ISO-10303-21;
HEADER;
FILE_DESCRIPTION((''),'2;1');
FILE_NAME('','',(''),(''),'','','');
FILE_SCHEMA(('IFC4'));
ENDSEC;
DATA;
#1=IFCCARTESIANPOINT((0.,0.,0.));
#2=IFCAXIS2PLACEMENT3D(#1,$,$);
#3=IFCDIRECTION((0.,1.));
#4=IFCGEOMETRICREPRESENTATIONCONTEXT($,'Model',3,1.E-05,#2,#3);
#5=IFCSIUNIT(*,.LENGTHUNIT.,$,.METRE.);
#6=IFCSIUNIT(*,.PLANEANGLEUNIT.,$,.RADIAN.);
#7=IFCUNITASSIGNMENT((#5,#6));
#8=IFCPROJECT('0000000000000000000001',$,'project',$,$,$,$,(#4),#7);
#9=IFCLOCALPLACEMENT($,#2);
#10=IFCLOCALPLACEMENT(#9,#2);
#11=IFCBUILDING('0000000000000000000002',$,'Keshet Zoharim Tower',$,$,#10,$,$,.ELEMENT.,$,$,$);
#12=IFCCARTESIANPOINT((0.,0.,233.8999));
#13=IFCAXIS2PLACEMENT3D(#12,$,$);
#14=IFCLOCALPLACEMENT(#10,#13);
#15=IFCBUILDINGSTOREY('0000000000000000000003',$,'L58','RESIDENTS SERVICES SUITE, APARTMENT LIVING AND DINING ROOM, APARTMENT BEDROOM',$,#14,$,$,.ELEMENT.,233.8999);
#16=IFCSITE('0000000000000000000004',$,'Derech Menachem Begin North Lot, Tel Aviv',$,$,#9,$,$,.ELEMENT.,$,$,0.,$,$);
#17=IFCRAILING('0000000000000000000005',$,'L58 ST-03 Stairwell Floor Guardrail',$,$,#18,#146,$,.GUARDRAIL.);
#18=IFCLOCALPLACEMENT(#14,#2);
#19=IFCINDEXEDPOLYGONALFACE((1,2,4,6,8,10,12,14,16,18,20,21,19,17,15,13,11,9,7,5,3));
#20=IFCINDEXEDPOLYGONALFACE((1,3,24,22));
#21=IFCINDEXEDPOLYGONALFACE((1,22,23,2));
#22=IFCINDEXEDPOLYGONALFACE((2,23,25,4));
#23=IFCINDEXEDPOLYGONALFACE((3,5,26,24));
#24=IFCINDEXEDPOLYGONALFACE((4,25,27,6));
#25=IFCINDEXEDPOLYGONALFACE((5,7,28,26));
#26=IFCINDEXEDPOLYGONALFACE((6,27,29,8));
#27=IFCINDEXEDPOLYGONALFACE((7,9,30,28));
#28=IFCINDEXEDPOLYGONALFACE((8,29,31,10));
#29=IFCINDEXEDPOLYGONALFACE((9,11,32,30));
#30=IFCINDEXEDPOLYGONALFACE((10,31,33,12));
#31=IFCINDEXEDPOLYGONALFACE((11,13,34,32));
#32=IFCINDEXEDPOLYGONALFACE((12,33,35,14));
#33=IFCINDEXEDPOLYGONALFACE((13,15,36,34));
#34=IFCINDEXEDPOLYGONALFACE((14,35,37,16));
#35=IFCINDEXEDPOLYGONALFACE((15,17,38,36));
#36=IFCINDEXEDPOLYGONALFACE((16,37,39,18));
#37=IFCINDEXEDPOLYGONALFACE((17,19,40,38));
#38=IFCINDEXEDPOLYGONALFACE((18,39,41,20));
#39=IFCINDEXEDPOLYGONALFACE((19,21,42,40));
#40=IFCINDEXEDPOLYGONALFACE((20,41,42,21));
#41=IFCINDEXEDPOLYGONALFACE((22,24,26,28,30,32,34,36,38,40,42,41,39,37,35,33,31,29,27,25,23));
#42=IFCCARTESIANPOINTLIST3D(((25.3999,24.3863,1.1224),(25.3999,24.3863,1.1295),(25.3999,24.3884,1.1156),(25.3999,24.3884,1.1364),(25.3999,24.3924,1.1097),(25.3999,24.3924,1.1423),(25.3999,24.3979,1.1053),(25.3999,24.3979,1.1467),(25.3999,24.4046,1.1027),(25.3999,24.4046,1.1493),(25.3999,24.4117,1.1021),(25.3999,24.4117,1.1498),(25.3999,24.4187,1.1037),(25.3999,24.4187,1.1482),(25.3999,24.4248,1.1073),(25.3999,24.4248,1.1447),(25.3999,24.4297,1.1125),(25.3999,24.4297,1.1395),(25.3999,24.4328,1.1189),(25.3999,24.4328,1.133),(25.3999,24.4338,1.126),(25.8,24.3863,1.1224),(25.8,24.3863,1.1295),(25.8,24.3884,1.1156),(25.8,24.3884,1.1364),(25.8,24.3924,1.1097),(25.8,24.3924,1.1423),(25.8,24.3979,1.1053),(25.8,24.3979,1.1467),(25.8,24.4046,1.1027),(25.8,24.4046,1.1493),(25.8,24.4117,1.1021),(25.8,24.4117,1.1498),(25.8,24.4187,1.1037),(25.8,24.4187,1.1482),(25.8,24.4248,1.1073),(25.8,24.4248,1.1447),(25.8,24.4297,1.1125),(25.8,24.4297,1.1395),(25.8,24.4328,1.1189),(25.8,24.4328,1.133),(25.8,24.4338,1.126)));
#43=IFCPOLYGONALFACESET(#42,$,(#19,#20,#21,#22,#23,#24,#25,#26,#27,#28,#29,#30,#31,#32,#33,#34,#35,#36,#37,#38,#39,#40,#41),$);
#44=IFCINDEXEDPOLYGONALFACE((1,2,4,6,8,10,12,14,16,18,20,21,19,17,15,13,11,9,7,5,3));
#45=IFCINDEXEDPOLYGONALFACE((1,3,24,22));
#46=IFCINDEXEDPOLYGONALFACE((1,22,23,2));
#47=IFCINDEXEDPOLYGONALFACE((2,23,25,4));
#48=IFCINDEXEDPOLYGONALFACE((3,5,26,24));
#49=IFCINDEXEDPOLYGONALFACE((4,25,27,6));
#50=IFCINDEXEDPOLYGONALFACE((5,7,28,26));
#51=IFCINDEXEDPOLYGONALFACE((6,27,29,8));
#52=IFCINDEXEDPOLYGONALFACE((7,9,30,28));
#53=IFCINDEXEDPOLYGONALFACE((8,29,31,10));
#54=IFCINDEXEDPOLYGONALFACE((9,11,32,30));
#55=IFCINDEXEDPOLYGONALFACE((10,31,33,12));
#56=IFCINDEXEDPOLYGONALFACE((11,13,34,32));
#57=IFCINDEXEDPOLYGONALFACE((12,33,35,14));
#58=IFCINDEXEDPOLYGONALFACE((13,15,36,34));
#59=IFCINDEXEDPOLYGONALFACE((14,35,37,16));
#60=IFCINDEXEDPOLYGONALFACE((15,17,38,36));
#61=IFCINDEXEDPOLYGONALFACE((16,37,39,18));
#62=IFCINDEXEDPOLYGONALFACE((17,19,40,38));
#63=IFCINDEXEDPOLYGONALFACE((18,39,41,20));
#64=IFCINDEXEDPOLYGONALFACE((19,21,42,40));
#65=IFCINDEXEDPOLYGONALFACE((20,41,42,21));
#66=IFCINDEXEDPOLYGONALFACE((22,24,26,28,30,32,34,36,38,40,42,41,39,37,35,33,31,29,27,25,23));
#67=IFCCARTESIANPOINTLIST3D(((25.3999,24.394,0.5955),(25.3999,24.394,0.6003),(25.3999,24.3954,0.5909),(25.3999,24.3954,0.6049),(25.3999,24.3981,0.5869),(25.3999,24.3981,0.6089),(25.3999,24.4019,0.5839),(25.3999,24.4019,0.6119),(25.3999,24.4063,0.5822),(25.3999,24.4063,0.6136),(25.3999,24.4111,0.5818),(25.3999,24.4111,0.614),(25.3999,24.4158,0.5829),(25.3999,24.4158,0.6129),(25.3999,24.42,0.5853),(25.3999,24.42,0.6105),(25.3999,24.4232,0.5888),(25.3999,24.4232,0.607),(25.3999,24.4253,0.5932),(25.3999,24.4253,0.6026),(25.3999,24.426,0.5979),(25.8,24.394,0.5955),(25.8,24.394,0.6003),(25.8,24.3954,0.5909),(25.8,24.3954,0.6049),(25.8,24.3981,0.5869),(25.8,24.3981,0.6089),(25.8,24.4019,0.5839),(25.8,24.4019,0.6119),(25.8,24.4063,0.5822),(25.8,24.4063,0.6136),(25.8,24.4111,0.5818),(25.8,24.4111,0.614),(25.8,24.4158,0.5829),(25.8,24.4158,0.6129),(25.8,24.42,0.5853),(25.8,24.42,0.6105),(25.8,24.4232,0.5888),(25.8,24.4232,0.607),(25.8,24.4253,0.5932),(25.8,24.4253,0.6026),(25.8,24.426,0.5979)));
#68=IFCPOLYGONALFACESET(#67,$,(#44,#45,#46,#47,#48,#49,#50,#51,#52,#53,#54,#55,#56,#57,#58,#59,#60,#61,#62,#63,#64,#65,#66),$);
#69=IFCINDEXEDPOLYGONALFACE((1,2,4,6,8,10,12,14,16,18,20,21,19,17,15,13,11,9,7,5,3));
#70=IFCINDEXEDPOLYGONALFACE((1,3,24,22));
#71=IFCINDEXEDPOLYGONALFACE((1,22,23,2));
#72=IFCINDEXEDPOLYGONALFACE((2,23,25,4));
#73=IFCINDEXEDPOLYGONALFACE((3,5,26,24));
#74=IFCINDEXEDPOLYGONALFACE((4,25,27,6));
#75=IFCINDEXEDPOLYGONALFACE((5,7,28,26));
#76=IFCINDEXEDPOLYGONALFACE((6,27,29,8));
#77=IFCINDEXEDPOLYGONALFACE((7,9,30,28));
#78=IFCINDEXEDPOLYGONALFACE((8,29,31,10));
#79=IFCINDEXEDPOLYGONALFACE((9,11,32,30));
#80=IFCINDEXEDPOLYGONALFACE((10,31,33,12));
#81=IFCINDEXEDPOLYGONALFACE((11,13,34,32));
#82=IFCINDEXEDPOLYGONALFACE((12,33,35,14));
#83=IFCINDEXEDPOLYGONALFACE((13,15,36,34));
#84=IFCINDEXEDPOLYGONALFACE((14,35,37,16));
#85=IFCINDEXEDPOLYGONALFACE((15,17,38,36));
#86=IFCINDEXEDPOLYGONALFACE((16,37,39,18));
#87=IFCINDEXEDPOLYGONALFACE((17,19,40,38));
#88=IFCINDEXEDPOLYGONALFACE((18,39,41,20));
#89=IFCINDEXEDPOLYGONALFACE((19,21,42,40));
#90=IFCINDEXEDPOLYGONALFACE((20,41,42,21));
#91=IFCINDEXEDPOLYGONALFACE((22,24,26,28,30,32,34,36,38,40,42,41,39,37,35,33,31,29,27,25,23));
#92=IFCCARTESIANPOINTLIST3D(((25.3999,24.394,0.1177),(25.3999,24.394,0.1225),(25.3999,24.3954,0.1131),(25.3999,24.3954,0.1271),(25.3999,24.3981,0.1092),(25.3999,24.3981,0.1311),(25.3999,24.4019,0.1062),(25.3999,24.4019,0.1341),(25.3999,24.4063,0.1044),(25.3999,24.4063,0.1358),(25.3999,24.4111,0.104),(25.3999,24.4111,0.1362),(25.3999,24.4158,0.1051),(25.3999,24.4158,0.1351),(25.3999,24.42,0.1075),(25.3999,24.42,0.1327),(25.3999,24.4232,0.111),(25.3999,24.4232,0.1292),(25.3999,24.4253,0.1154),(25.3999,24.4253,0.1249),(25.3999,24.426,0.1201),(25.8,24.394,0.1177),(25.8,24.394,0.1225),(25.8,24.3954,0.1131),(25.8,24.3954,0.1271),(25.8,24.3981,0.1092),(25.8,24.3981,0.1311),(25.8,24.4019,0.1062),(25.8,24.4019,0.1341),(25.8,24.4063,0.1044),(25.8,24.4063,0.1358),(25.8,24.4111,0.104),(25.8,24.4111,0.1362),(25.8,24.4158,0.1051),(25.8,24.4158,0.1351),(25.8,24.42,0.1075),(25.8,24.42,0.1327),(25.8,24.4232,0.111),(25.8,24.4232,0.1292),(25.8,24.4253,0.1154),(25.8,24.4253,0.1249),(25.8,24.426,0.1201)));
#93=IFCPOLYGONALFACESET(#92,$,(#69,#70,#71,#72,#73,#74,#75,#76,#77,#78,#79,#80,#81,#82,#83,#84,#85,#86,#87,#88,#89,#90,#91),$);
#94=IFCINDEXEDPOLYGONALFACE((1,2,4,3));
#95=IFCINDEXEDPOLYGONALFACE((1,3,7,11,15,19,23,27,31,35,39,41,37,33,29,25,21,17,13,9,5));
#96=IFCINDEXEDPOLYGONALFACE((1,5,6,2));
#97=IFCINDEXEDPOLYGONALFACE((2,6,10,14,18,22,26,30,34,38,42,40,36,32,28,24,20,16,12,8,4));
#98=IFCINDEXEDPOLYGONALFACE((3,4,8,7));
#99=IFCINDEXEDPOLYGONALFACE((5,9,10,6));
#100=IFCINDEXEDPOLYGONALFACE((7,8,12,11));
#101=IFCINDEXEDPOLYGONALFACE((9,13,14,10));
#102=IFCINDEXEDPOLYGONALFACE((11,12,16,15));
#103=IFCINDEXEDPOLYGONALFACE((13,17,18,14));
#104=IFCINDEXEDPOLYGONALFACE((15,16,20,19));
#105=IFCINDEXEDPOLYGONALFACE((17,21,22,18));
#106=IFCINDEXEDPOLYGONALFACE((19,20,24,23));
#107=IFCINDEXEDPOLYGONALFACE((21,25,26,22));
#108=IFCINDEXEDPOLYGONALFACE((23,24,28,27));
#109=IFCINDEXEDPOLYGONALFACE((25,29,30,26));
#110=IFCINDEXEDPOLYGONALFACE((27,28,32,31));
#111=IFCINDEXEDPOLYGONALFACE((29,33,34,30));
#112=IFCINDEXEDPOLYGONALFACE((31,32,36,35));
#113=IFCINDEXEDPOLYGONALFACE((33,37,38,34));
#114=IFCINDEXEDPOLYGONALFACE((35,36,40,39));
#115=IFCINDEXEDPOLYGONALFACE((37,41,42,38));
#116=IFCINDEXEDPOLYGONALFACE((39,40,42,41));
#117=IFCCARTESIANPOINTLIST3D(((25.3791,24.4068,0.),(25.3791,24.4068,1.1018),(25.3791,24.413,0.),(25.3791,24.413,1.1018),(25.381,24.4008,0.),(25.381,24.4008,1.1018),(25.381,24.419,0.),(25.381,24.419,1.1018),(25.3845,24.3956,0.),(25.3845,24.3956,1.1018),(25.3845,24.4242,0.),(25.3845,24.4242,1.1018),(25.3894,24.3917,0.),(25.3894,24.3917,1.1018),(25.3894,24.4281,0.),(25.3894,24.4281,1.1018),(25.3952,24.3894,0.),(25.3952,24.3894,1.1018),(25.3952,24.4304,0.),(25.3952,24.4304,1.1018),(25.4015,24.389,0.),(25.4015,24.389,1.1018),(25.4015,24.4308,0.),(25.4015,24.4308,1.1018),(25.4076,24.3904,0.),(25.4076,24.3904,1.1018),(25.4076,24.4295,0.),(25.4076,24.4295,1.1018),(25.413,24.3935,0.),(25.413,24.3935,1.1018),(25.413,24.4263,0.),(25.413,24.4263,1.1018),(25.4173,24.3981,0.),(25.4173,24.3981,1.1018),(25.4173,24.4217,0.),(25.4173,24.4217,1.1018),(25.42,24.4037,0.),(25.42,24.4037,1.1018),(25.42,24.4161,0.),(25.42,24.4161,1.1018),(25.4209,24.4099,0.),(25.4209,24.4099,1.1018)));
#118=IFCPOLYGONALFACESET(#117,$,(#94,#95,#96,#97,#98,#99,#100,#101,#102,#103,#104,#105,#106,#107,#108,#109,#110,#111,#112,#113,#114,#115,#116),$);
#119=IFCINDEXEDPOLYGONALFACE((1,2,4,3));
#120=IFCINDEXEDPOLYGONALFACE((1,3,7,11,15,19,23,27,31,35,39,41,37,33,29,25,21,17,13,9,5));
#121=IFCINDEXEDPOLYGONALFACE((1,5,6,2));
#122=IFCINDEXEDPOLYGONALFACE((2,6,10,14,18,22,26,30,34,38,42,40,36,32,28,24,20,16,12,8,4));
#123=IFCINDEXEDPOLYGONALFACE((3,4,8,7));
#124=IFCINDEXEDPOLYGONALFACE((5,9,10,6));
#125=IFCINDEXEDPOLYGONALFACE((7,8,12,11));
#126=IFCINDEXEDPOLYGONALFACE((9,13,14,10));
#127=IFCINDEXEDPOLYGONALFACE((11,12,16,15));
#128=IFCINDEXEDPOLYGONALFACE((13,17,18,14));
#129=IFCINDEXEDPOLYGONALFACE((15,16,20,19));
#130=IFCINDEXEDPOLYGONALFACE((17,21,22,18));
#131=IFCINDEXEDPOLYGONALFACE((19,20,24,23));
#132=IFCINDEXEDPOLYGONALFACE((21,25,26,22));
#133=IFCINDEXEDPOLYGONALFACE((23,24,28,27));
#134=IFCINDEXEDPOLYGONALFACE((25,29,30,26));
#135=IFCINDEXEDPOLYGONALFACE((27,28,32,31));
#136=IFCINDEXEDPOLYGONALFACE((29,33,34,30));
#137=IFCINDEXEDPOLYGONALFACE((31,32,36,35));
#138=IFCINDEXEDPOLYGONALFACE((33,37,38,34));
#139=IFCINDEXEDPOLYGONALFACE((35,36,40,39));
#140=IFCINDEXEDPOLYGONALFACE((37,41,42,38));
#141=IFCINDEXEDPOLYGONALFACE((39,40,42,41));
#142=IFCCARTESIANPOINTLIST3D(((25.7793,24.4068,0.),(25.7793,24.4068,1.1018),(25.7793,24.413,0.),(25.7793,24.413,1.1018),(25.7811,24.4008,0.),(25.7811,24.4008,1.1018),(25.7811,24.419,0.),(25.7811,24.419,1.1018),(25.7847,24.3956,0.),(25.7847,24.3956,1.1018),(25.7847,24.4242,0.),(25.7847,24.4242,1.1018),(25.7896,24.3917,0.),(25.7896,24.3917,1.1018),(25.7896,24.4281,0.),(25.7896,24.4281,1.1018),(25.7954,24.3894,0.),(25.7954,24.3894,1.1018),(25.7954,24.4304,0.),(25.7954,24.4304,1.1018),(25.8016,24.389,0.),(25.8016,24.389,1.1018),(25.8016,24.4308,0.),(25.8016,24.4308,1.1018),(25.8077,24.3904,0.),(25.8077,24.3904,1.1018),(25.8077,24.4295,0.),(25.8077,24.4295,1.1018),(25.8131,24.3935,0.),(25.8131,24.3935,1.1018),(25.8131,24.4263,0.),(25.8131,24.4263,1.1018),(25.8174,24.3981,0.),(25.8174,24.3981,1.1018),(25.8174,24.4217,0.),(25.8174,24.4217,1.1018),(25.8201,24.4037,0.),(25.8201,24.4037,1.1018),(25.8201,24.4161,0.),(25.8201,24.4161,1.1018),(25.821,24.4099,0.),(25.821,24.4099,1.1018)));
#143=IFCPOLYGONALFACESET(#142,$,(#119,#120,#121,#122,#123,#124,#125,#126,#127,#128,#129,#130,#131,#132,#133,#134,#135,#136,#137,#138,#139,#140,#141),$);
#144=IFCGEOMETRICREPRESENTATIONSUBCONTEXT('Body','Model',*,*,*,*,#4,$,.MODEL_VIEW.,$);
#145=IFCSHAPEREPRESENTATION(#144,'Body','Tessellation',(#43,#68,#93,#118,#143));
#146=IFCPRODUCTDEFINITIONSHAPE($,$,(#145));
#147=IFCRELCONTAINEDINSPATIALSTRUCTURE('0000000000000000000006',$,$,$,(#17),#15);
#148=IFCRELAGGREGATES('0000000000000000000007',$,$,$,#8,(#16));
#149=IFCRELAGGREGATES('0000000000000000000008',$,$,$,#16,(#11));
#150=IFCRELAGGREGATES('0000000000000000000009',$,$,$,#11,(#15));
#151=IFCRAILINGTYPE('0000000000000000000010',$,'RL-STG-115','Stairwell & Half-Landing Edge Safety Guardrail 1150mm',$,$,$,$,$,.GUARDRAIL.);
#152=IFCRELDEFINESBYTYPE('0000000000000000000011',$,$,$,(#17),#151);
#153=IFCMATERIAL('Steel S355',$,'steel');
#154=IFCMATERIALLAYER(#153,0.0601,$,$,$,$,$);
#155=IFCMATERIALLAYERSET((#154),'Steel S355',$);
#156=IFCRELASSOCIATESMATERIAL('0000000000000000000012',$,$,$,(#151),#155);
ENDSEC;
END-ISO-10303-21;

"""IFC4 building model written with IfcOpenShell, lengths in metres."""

from ifc_helpers import new_model, si_unit, direction, frame, origin, origin_2d, place, context, subcontext, project, spatial, circle, extrude, material, layer, layer_set, type_object, element, save


model = new_model("IFC4")

# Units and contexts
model_context = context("Model", 3, precision=1e-05, world=origin(), true_north=direction((0.0, 1.0)))
body_context = subcontext(model_context, "Body", "Model", "MODEL_VIEW")
ifc_project = project(units=[si_unit("LENGTHUNIT", "METRE"), si_unit("PLANEANGLEUNIT", "RADIAN")], contexts=[model_context])

# Site, building, storey
site_placement = place(None, origin())
site = spatial("IfcSite", under=ifc_project, at=site_placement, Name="Derech Menachem Begin North Lot, Tel Aviv", CompositionType="ELEMENT", RefElevation=0.0)
building_placement = place(site_placement, origin())
building = spatial("IfcBuilding", under=site, at=building_placement, Name="Keshet Zoharim Tower", CompositionType="ELEMENT")
storey_placement = place(building_placement, frame((0.0, 0.0, 233.8999)))
storey = spatial("IfcBuildingStorey", under=building, at=storey_placement, Name="L58", Description="RESIDENTS SERVICES SUITE, APARTMENT LIVING AND DINING ROOM, APARTMENT BEDROOM", CompositionType="ELEMENT", Elevation=233.8999)

# Shared definitions
ifc_material_1 = material(Name="Steel S355", Category="steel")

# Railing
ifc_layer_1 = layer(ifc_material_1, 0.0601)
ifc_layer_set_1 = layer_set([ifc_layer_1], Name="Steel S355")
railing_type_1 = type_object("IfcRailingType", Name="RL-STG-115", Description="Stairwell & Half-Landing Edge Safety Guardrail 1150mm", PredefinedType="GUARDRAIL", material=ifc_layer_set_1)
railing_1_placement = place(storey_placement, frame((25.3999, 24.4099, 0.0)))
element("IfcRailing", 1, at=railing_1_placement, inside=storey, type_object=railing_type_1, Name="L58 ST-03 Stairwell Floor Guardrail", PredefinedType="GUARDRAIL", context=body_context, shape_type="SweptSolid", body=[
    extrude(circle(Radius=0.0239, at=origin_2d()), frame((0.0, 0.0, 1.126), z_axis=(1.0, 0.0, 0.0), x_axis=(0.0, 1.0, 0.0)), (0.0, 0.0, 1.0), 0.4001),
    extrude(circle(Radius=0.0161, at=origin_2d()), frame((0.0, 0.0, 0.5979), z_axis=(1.0, 0.0, 0.0), x_axis=(0.0, 1.0, 0.0)), (0.0, 0.0, 1.0), 0.4001),
    extrude(circle(Radius=0.0161, at=origin_2d()), frame((0.0, 0.0, 0.1201), z_axis=(1.0, 0.0, 0.0), x_axis=(0.0, 1.0, 0.0)), (0.0, 0.0, 1.0), 0.4001),
    extrude(circle(Radius=0.021, at=origin_2d()), origin(), (0.0, 0.0, 1.0), 1.1018),
    extrude(circle(Radius=0.021, at=origin_2d()), frame((0.4001, 0.0, 0.0)), (0.0, 0.0, 1.0), 1.1018),
])

save(model, "model.ifc")
